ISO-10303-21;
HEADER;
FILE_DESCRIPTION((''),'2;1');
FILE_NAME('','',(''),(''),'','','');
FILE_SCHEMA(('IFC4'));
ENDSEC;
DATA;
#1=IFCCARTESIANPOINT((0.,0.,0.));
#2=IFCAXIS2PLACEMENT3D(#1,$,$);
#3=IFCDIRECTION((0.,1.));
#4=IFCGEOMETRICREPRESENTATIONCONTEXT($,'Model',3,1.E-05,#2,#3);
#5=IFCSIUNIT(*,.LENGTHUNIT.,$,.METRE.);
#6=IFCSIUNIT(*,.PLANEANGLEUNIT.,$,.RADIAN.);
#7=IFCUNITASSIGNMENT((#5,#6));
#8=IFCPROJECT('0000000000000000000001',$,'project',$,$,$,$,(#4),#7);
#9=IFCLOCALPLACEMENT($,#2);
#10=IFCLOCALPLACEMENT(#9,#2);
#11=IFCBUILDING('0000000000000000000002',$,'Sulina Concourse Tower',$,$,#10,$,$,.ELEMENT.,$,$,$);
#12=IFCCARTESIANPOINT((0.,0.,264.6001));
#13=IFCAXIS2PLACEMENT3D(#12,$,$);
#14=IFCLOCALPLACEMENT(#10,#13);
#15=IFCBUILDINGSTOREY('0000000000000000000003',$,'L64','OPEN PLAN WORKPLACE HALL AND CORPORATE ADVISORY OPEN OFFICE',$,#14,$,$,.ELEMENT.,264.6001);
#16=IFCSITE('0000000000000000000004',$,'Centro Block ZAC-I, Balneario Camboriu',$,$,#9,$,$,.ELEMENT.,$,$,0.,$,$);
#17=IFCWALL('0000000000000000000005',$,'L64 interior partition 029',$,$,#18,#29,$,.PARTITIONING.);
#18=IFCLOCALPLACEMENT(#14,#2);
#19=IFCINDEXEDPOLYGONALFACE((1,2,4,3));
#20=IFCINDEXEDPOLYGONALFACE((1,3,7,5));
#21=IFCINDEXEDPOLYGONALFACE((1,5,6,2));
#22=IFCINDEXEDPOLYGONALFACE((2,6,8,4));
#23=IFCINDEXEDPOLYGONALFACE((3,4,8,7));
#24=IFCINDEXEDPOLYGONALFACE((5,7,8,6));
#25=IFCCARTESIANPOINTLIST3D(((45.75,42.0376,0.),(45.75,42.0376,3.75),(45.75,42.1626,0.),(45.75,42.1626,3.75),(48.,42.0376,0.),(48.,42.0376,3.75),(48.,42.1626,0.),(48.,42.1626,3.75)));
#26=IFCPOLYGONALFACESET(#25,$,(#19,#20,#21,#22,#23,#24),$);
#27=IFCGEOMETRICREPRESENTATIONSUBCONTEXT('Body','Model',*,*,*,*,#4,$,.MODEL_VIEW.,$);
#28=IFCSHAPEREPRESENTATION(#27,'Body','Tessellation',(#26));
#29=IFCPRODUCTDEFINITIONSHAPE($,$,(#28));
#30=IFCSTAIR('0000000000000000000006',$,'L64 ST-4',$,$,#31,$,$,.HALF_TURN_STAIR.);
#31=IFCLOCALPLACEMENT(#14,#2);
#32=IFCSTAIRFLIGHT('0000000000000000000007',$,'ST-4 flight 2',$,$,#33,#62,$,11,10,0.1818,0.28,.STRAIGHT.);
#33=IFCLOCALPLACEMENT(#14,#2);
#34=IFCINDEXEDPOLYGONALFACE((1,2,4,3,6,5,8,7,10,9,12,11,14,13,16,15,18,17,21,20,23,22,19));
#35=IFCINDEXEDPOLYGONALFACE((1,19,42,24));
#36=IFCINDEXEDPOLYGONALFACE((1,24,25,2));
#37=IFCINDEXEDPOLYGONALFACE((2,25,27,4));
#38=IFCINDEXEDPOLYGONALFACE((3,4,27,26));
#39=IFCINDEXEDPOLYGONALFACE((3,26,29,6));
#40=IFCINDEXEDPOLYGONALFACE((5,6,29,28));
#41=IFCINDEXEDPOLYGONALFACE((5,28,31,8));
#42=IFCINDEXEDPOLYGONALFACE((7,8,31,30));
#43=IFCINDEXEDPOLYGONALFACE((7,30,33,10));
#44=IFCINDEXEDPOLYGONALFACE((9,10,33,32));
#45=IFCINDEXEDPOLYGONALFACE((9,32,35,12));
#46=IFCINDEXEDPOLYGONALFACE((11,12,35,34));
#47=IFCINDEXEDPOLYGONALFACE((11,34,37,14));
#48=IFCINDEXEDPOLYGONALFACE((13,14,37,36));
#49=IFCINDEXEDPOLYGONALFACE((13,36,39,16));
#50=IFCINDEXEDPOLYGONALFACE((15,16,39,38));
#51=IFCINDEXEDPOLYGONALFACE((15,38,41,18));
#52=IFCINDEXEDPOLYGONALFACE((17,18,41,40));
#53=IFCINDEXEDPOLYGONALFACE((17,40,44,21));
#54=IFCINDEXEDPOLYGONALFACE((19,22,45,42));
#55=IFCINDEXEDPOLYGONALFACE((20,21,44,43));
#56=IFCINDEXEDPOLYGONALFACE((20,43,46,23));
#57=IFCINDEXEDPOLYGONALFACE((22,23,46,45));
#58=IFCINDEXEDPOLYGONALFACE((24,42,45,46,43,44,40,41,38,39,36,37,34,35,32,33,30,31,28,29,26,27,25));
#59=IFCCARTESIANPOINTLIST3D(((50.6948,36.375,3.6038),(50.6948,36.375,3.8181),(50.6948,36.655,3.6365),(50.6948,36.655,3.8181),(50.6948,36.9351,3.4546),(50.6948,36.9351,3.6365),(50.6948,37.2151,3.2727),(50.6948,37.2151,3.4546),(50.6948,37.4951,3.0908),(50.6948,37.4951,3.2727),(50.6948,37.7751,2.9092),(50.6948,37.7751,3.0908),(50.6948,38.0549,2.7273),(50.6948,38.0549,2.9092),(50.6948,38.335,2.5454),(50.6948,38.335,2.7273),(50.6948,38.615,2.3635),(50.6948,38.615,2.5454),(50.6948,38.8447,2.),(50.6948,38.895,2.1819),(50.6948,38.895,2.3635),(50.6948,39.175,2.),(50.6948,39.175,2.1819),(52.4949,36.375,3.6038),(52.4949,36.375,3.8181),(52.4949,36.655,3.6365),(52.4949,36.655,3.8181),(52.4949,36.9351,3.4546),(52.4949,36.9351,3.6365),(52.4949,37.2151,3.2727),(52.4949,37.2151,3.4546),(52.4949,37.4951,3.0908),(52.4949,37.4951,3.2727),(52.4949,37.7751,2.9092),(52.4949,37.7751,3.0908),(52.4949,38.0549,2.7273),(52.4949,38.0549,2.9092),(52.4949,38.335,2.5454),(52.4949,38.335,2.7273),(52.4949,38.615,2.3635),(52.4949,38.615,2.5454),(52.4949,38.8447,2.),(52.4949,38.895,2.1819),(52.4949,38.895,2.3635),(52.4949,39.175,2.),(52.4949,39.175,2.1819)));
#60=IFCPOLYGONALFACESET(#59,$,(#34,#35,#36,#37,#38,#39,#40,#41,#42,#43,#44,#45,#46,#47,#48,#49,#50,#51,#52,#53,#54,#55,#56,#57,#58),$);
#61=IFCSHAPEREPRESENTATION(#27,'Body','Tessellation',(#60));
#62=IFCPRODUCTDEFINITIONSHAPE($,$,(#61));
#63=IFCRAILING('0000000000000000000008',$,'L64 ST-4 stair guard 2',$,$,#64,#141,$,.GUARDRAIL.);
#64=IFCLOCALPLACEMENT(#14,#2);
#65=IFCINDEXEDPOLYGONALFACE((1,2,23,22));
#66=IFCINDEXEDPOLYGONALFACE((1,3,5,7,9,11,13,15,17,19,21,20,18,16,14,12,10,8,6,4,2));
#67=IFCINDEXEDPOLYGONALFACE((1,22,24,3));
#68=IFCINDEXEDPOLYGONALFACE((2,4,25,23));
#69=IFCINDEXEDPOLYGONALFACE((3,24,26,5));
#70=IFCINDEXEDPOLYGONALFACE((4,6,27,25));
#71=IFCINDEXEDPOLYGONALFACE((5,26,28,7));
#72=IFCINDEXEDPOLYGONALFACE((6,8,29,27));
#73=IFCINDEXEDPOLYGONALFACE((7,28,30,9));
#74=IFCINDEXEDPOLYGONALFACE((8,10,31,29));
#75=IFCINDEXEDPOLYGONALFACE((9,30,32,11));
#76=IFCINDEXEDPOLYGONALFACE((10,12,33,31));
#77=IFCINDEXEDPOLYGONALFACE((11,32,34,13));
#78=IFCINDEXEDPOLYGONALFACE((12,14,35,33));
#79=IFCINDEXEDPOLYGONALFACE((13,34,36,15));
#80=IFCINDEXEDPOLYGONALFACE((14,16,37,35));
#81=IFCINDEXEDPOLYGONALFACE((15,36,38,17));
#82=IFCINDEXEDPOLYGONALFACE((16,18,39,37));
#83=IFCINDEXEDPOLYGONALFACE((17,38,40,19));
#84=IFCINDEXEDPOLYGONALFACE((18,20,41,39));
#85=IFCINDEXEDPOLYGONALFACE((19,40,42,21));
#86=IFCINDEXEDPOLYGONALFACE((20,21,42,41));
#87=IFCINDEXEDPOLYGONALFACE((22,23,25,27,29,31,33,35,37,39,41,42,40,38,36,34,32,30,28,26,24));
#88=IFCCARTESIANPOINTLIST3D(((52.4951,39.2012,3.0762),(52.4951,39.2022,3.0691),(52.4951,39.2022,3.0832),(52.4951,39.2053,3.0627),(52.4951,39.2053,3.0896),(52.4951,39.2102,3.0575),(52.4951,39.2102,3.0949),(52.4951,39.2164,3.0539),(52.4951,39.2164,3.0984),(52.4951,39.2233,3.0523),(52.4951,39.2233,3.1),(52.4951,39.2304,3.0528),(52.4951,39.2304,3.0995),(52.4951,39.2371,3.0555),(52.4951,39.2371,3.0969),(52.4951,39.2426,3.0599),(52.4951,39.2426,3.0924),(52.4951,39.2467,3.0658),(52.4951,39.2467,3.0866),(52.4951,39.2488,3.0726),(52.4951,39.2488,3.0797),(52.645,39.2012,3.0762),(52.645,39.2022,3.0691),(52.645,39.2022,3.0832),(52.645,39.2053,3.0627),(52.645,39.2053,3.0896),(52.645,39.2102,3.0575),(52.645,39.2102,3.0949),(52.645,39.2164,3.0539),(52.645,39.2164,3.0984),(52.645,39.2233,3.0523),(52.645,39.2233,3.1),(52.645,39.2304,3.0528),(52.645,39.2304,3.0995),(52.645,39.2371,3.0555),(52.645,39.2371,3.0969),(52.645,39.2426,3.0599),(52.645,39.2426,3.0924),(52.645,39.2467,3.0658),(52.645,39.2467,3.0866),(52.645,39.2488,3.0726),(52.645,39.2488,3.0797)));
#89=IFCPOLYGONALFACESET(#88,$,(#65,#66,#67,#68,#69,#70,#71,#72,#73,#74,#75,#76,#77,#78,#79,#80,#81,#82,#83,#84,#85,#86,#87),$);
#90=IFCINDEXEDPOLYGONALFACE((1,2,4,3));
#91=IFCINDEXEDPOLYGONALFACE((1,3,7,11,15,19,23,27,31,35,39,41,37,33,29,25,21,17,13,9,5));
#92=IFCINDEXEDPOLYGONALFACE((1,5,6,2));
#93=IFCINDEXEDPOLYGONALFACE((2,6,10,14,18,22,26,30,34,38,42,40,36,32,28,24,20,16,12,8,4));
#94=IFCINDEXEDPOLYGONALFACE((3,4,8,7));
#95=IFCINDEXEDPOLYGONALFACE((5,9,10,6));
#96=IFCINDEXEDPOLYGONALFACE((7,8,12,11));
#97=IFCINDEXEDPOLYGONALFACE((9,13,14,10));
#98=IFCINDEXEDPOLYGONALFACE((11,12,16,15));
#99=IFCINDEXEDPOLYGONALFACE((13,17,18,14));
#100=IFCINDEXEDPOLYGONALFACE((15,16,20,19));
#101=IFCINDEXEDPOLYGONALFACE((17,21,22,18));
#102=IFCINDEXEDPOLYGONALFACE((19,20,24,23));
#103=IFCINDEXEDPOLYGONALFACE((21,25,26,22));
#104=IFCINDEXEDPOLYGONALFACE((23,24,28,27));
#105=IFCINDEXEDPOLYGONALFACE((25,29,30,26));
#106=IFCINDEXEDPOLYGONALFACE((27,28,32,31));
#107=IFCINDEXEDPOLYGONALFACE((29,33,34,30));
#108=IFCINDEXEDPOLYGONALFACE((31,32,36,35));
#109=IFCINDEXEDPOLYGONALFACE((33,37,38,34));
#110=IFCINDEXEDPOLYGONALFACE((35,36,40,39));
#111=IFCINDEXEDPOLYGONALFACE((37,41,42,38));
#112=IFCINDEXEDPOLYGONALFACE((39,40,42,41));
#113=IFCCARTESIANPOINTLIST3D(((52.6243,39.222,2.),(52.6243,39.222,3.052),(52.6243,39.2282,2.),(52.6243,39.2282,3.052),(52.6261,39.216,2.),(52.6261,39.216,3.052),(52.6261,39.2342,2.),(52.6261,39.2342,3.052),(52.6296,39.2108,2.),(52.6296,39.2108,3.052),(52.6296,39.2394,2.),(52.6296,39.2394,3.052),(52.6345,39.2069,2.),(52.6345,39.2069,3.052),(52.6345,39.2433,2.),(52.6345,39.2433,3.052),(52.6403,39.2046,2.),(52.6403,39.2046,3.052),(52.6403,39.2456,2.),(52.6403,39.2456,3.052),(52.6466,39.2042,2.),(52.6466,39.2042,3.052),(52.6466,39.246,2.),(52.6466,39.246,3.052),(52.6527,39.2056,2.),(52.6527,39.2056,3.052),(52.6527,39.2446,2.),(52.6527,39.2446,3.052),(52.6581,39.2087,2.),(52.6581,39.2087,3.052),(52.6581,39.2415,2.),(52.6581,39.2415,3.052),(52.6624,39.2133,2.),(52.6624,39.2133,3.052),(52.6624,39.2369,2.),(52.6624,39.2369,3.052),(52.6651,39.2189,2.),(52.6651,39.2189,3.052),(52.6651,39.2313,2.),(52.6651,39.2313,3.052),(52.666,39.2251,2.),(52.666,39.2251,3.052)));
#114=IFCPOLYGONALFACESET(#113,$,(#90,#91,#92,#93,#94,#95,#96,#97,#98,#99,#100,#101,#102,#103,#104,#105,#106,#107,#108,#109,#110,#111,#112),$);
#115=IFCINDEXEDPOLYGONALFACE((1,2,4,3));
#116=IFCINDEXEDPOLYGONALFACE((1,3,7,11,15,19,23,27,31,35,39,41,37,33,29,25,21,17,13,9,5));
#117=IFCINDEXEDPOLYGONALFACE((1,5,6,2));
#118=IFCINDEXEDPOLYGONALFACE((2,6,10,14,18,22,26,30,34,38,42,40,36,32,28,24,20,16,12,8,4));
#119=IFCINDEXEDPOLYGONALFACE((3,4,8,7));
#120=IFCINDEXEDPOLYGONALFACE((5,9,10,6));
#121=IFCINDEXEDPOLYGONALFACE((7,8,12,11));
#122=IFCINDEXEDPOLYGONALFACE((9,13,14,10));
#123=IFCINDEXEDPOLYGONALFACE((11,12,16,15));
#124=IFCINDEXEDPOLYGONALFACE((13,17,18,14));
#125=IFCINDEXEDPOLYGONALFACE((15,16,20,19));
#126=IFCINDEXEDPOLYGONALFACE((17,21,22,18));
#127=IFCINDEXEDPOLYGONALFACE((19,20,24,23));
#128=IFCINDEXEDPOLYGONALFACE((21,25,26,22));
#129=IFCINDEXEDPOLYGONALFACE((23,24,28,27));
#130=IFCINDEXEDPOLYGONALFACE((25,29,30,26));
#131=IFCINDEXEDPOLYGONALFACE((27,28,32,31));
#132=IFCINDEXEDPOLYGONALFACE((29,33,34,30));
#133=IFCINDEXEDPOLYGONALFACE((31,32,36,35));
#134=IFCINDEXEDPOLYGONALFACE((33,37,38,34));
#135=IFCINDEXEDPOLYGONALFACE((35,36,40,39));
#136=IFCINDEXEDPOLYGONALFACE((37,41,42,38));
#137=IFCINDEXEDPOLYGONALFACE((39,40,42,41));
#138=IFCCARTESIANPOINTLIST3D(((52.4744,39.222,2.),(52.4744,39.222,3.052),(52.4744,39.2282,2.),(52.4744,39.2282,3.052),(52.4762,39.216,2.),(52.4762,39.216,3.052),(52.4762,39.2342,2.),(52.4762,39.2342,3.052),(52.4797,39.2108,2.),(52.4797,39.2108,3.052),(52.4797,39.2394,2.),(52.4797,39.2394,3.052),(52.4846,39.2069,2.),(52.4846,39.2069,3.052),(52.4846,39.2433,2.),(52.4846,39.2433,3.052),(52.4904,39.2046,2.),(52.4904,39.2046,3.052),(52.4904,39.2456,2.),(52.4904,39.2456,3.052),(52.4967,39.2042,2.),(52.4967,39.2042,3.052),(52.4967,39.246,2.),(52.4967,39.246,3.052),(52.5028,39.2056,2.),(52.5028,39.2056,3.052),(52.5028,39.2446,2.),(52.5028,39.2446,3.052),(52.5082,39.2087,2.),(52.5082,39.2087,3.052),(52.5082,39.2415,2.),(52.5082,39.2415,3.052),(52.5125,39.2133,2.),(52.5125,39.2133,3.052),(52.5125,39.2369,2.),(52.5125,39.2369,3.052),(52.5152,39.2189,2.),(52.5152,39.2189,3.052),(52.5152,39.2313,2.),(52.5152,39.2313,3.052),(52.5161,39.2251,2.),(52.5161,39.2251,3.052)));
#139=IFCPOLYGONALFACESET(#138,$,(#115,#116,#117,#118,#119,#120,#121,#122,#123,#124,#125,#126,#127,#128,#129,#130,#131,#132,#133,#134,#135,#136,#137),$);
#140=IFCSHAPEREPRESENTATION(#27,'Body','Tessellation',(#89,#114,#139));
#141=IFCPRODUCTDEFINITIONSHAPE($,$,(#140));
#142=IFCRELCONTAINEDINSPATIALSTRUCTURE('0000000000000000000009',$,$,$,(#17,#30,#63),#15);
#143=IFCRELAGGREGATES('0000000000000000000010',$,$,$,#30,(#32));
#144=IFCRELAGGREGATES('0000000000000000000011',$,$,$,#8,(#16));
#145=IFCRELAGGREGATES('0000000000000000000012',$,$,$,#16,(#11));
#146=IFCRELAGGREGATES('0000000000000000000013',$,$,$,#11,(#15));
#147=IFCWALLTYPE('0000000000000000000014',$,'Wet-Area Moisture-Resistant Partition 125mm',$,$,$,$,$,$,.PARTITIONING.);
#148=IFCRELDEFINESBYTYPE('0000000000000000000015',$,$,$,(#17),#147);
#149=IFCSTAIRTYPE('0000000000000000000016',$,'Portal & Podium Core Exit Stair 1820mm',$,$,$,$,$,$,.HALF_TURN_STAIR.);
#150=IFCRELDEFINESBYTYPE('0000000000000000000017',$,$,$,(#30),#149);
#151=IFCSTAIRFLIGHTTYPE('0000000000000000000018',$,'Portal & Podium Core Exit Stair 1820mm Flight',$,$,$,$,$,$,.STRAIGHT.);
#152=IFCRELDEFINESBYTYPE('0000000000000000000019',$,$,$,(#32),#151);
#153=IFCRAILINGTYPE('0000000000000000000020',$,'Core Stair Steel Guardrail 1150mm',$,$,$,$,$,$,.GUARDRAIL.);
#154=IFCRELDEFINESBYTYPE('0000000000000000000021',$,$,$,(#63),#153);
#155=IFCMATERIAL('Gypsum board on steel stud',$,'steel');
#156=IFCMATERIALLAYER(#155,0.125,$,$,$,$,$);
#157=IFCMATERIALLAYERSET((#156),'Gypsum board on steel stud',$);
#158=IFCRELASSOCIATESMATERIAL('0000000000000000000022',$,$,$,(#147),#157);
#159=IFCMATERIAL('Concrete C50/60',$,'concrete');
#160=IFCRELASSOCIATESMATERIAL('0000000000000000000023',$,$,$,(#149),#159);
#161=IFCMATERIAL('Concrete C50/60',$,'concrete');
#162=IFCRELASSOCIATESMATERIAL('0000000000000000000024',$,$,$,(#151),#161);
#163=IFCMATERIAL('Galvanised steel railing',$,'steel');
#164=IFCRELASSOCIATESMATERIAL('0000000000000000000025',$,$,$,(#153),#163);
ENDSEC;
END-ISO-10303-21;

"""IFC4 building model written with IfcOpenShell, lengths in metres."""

from ifc_helpers import new_model, si_unit, direction, frame, frame_2d, origin, origin_2d, place, context, subcontext, project, spatial, polyline, rectangle, circle, outline, extrude, material, layer, layer_set, type_object, element, aggregate, save


model = new_model("IFC4")

# Units and contexts
model_context = context("Model", 3, precision=1e-05, world=origin(), true_north=direction((0.0, 1.0)))
body_context = subcontext(model_context, "Body", "Model", "MODEL_VIEW")
ifc_project = project(units=[si_unit("LENGTHUNIT", "METRE"), si_unit("PLANEANGLEUNIT", "RADIAN")], contexts=[model_context])

# Site, building, storey
site_placement = place(None, origin())
site = spatial("IfcSite", under=ifc_project, at=site_placement, Name="Centro Block ZAC-I, Balneario Camboriu", CompositionType="ELEMENT", RefElevation=0.0)
building_placement = place(site_placement, origin())
building = spatial("IfcBuilding", under=site, at=building_placement, Name="Sulina Concourse Tower", CompositionType="ELEMENT")
storey_placement = place(building_placement, frame((0.0, 0.0, 264.6001)))
storey = spatial("IfcBuildingStorey", under=building, at=storey_placement, Name="L64", Description="OPEN PLAN WORKPLACE HALL AND CORPORATE ADVISORY OPEN OFFICE", CompositionType="ELEMENT", Elevation=264.6001)

# Wall
ifc_material_1 = material(Name="Gypsum board on steel stud", Category="steel")
ifc_layer_1 = layer(ifc_material_1, 0.125)
ifc_layer_set_1 = layer_set([ifc_layer_1], Name="Gypsum board on steel stud")
wall_type_1 = type_object("IfcWallType", Name="Wet-Area Moisture-Resistant Partition 125mm", PredefinedType="PARTITIONING", material=ifc_layer_set_1)
wall_1_placement = place(storey_placement, frame((45.75, 42.1001, 0.0), z_axis=(0.0, 0.0, 1.0), x_axis=(1.0, 0.0, 0.0)))
element("IfcWall", 1, at=wall_1_placement, inside=storey, type_object=wall_type_1, Name="L64 interior partition 029", PredefinedType="PARTITIONING", context=body_context, shape_type="SweptSolid", body=[
    extrude(rectangle(XDim=2.25, YDim=0.125, at=frame_2d((1.125, 0.0))), origin(), (0.0, 0.0, 1.0), 3.75),
])

# Stair, stair flight
ifc_material_2 = material(Name="Concrete C50/60", Category="concrete")
stair_type = type_object("IfcStairType", Name="Portal & Podium Core Exit Stair 1820mm", PredefinedType="HALF_TURN_STAIR", material=ifc_material_2)
stair_placement = place(storey_placement, origin())
stair = element("IfcStair", 2, at=stair_placement, inside=storey, type_object=stair_type, Name="L64 ST-4", PredefinedType="HALF_TURN_STAIR")
ifc_material_3 = material(Name="Concrete C50/60", Category="concrete")
stair_flight_type = type_object("IfcStairFlightType", Name="Portal & Podium Core Exit Stair 1820mm Flight", PredefinedType="STRAIGHT", material=ifc_material_3)
stair_flight_placement = place(storey_placement, frame((51.595, 39.175, 2.0), z_axis=(0.0, 0.0, 1.0), x_axis=(0.0, -1.0, 0.0)))
stair_flight = element("IfcStairFlight", 3, at=stair_flight_placement, type_object=stair_flight_type, Name="ST-4 flight 2", NumberOfRisers=11, NumberOfTreads=10, PredefinedType="STRAIGHT", RiserHeight=0.1818, TreadLength=0.28, context=body_context, shape_type="SweptSolid", body=[
    extrude(outline(polyline([(0.0, 0.0), (0.0, 0.1819), (0.28, 0.1819), (0.28, 0.3635), (0.5601, 0.3635), (0.5601, 0.5454), (0.8401, 0.5454), (0.8401, 0.7273), (1.1201, 0.7273), (1.1201, 0.9092), (1.3999, 0.9092), (1.3999, 1.0908), (1.6799, 1.0908), (1.6799, 1.2727), (1.96, 1.2727), (1.96, 1.4546), (2.24, 1.4546), (2.24, 1.6365), (2.52, 1.6365), (2.52, 1.8181), (2.8, 1.8181), (2.8, 2.0), (2.8, 1.6038), (0.3303, 0.0), (0.0, 0.0)])), frame((0.0, 0.8999, 0.0), z_axis=(0.0, -1.0, 0.0), x_axis=(1.0, 0.0, 0.0)), (0.0, 0.0, 1.0), 1.8),
])
aggregate(stair, [stair_flight])

# Railing
ifc_material_4 = material(Name="Galvanised steel railing", Category="steel")
railing_type_1 = type_object("IfcRailingType", Name="Core Stair Steel Guardrail 1150mm", PredefinedType="GUARDRAIL", material=ifc_material_4)
railing_1_placement = place(storey_placement, frame((52.645, 39.2251, 2.0)))
element("IfcRailing", 4, at=railing_1_placement, inside=storey, type_object=railing_type_1, Name="L64 ST-4 stair guard 2", PredefinedType="GUARDRAIL", context=body_context, shape_type="SweptSolid", body=[
    extrude(circle(Radius=0.0239, at=origin_2d()), frame((0.0, 0.0, 1.0762), z_axis=(-1.0, 0.0, 0.0), x_axis=(0.0, -1.0, 0.0)), (0.0, 0.0, 1.0), 0.1499),
    extrude(circle(Radius=0.021, at=origin_2d()), origin(), (0.0, 0.0, 1.0), 1.052),
    extrude(circle(Radius=0.021, at=origin_2d()), frame((-0.1499, 0.0, 0.0)), (0.0, 0.0, 1.0), 1.052),
])

save(model, "model.ifc")
